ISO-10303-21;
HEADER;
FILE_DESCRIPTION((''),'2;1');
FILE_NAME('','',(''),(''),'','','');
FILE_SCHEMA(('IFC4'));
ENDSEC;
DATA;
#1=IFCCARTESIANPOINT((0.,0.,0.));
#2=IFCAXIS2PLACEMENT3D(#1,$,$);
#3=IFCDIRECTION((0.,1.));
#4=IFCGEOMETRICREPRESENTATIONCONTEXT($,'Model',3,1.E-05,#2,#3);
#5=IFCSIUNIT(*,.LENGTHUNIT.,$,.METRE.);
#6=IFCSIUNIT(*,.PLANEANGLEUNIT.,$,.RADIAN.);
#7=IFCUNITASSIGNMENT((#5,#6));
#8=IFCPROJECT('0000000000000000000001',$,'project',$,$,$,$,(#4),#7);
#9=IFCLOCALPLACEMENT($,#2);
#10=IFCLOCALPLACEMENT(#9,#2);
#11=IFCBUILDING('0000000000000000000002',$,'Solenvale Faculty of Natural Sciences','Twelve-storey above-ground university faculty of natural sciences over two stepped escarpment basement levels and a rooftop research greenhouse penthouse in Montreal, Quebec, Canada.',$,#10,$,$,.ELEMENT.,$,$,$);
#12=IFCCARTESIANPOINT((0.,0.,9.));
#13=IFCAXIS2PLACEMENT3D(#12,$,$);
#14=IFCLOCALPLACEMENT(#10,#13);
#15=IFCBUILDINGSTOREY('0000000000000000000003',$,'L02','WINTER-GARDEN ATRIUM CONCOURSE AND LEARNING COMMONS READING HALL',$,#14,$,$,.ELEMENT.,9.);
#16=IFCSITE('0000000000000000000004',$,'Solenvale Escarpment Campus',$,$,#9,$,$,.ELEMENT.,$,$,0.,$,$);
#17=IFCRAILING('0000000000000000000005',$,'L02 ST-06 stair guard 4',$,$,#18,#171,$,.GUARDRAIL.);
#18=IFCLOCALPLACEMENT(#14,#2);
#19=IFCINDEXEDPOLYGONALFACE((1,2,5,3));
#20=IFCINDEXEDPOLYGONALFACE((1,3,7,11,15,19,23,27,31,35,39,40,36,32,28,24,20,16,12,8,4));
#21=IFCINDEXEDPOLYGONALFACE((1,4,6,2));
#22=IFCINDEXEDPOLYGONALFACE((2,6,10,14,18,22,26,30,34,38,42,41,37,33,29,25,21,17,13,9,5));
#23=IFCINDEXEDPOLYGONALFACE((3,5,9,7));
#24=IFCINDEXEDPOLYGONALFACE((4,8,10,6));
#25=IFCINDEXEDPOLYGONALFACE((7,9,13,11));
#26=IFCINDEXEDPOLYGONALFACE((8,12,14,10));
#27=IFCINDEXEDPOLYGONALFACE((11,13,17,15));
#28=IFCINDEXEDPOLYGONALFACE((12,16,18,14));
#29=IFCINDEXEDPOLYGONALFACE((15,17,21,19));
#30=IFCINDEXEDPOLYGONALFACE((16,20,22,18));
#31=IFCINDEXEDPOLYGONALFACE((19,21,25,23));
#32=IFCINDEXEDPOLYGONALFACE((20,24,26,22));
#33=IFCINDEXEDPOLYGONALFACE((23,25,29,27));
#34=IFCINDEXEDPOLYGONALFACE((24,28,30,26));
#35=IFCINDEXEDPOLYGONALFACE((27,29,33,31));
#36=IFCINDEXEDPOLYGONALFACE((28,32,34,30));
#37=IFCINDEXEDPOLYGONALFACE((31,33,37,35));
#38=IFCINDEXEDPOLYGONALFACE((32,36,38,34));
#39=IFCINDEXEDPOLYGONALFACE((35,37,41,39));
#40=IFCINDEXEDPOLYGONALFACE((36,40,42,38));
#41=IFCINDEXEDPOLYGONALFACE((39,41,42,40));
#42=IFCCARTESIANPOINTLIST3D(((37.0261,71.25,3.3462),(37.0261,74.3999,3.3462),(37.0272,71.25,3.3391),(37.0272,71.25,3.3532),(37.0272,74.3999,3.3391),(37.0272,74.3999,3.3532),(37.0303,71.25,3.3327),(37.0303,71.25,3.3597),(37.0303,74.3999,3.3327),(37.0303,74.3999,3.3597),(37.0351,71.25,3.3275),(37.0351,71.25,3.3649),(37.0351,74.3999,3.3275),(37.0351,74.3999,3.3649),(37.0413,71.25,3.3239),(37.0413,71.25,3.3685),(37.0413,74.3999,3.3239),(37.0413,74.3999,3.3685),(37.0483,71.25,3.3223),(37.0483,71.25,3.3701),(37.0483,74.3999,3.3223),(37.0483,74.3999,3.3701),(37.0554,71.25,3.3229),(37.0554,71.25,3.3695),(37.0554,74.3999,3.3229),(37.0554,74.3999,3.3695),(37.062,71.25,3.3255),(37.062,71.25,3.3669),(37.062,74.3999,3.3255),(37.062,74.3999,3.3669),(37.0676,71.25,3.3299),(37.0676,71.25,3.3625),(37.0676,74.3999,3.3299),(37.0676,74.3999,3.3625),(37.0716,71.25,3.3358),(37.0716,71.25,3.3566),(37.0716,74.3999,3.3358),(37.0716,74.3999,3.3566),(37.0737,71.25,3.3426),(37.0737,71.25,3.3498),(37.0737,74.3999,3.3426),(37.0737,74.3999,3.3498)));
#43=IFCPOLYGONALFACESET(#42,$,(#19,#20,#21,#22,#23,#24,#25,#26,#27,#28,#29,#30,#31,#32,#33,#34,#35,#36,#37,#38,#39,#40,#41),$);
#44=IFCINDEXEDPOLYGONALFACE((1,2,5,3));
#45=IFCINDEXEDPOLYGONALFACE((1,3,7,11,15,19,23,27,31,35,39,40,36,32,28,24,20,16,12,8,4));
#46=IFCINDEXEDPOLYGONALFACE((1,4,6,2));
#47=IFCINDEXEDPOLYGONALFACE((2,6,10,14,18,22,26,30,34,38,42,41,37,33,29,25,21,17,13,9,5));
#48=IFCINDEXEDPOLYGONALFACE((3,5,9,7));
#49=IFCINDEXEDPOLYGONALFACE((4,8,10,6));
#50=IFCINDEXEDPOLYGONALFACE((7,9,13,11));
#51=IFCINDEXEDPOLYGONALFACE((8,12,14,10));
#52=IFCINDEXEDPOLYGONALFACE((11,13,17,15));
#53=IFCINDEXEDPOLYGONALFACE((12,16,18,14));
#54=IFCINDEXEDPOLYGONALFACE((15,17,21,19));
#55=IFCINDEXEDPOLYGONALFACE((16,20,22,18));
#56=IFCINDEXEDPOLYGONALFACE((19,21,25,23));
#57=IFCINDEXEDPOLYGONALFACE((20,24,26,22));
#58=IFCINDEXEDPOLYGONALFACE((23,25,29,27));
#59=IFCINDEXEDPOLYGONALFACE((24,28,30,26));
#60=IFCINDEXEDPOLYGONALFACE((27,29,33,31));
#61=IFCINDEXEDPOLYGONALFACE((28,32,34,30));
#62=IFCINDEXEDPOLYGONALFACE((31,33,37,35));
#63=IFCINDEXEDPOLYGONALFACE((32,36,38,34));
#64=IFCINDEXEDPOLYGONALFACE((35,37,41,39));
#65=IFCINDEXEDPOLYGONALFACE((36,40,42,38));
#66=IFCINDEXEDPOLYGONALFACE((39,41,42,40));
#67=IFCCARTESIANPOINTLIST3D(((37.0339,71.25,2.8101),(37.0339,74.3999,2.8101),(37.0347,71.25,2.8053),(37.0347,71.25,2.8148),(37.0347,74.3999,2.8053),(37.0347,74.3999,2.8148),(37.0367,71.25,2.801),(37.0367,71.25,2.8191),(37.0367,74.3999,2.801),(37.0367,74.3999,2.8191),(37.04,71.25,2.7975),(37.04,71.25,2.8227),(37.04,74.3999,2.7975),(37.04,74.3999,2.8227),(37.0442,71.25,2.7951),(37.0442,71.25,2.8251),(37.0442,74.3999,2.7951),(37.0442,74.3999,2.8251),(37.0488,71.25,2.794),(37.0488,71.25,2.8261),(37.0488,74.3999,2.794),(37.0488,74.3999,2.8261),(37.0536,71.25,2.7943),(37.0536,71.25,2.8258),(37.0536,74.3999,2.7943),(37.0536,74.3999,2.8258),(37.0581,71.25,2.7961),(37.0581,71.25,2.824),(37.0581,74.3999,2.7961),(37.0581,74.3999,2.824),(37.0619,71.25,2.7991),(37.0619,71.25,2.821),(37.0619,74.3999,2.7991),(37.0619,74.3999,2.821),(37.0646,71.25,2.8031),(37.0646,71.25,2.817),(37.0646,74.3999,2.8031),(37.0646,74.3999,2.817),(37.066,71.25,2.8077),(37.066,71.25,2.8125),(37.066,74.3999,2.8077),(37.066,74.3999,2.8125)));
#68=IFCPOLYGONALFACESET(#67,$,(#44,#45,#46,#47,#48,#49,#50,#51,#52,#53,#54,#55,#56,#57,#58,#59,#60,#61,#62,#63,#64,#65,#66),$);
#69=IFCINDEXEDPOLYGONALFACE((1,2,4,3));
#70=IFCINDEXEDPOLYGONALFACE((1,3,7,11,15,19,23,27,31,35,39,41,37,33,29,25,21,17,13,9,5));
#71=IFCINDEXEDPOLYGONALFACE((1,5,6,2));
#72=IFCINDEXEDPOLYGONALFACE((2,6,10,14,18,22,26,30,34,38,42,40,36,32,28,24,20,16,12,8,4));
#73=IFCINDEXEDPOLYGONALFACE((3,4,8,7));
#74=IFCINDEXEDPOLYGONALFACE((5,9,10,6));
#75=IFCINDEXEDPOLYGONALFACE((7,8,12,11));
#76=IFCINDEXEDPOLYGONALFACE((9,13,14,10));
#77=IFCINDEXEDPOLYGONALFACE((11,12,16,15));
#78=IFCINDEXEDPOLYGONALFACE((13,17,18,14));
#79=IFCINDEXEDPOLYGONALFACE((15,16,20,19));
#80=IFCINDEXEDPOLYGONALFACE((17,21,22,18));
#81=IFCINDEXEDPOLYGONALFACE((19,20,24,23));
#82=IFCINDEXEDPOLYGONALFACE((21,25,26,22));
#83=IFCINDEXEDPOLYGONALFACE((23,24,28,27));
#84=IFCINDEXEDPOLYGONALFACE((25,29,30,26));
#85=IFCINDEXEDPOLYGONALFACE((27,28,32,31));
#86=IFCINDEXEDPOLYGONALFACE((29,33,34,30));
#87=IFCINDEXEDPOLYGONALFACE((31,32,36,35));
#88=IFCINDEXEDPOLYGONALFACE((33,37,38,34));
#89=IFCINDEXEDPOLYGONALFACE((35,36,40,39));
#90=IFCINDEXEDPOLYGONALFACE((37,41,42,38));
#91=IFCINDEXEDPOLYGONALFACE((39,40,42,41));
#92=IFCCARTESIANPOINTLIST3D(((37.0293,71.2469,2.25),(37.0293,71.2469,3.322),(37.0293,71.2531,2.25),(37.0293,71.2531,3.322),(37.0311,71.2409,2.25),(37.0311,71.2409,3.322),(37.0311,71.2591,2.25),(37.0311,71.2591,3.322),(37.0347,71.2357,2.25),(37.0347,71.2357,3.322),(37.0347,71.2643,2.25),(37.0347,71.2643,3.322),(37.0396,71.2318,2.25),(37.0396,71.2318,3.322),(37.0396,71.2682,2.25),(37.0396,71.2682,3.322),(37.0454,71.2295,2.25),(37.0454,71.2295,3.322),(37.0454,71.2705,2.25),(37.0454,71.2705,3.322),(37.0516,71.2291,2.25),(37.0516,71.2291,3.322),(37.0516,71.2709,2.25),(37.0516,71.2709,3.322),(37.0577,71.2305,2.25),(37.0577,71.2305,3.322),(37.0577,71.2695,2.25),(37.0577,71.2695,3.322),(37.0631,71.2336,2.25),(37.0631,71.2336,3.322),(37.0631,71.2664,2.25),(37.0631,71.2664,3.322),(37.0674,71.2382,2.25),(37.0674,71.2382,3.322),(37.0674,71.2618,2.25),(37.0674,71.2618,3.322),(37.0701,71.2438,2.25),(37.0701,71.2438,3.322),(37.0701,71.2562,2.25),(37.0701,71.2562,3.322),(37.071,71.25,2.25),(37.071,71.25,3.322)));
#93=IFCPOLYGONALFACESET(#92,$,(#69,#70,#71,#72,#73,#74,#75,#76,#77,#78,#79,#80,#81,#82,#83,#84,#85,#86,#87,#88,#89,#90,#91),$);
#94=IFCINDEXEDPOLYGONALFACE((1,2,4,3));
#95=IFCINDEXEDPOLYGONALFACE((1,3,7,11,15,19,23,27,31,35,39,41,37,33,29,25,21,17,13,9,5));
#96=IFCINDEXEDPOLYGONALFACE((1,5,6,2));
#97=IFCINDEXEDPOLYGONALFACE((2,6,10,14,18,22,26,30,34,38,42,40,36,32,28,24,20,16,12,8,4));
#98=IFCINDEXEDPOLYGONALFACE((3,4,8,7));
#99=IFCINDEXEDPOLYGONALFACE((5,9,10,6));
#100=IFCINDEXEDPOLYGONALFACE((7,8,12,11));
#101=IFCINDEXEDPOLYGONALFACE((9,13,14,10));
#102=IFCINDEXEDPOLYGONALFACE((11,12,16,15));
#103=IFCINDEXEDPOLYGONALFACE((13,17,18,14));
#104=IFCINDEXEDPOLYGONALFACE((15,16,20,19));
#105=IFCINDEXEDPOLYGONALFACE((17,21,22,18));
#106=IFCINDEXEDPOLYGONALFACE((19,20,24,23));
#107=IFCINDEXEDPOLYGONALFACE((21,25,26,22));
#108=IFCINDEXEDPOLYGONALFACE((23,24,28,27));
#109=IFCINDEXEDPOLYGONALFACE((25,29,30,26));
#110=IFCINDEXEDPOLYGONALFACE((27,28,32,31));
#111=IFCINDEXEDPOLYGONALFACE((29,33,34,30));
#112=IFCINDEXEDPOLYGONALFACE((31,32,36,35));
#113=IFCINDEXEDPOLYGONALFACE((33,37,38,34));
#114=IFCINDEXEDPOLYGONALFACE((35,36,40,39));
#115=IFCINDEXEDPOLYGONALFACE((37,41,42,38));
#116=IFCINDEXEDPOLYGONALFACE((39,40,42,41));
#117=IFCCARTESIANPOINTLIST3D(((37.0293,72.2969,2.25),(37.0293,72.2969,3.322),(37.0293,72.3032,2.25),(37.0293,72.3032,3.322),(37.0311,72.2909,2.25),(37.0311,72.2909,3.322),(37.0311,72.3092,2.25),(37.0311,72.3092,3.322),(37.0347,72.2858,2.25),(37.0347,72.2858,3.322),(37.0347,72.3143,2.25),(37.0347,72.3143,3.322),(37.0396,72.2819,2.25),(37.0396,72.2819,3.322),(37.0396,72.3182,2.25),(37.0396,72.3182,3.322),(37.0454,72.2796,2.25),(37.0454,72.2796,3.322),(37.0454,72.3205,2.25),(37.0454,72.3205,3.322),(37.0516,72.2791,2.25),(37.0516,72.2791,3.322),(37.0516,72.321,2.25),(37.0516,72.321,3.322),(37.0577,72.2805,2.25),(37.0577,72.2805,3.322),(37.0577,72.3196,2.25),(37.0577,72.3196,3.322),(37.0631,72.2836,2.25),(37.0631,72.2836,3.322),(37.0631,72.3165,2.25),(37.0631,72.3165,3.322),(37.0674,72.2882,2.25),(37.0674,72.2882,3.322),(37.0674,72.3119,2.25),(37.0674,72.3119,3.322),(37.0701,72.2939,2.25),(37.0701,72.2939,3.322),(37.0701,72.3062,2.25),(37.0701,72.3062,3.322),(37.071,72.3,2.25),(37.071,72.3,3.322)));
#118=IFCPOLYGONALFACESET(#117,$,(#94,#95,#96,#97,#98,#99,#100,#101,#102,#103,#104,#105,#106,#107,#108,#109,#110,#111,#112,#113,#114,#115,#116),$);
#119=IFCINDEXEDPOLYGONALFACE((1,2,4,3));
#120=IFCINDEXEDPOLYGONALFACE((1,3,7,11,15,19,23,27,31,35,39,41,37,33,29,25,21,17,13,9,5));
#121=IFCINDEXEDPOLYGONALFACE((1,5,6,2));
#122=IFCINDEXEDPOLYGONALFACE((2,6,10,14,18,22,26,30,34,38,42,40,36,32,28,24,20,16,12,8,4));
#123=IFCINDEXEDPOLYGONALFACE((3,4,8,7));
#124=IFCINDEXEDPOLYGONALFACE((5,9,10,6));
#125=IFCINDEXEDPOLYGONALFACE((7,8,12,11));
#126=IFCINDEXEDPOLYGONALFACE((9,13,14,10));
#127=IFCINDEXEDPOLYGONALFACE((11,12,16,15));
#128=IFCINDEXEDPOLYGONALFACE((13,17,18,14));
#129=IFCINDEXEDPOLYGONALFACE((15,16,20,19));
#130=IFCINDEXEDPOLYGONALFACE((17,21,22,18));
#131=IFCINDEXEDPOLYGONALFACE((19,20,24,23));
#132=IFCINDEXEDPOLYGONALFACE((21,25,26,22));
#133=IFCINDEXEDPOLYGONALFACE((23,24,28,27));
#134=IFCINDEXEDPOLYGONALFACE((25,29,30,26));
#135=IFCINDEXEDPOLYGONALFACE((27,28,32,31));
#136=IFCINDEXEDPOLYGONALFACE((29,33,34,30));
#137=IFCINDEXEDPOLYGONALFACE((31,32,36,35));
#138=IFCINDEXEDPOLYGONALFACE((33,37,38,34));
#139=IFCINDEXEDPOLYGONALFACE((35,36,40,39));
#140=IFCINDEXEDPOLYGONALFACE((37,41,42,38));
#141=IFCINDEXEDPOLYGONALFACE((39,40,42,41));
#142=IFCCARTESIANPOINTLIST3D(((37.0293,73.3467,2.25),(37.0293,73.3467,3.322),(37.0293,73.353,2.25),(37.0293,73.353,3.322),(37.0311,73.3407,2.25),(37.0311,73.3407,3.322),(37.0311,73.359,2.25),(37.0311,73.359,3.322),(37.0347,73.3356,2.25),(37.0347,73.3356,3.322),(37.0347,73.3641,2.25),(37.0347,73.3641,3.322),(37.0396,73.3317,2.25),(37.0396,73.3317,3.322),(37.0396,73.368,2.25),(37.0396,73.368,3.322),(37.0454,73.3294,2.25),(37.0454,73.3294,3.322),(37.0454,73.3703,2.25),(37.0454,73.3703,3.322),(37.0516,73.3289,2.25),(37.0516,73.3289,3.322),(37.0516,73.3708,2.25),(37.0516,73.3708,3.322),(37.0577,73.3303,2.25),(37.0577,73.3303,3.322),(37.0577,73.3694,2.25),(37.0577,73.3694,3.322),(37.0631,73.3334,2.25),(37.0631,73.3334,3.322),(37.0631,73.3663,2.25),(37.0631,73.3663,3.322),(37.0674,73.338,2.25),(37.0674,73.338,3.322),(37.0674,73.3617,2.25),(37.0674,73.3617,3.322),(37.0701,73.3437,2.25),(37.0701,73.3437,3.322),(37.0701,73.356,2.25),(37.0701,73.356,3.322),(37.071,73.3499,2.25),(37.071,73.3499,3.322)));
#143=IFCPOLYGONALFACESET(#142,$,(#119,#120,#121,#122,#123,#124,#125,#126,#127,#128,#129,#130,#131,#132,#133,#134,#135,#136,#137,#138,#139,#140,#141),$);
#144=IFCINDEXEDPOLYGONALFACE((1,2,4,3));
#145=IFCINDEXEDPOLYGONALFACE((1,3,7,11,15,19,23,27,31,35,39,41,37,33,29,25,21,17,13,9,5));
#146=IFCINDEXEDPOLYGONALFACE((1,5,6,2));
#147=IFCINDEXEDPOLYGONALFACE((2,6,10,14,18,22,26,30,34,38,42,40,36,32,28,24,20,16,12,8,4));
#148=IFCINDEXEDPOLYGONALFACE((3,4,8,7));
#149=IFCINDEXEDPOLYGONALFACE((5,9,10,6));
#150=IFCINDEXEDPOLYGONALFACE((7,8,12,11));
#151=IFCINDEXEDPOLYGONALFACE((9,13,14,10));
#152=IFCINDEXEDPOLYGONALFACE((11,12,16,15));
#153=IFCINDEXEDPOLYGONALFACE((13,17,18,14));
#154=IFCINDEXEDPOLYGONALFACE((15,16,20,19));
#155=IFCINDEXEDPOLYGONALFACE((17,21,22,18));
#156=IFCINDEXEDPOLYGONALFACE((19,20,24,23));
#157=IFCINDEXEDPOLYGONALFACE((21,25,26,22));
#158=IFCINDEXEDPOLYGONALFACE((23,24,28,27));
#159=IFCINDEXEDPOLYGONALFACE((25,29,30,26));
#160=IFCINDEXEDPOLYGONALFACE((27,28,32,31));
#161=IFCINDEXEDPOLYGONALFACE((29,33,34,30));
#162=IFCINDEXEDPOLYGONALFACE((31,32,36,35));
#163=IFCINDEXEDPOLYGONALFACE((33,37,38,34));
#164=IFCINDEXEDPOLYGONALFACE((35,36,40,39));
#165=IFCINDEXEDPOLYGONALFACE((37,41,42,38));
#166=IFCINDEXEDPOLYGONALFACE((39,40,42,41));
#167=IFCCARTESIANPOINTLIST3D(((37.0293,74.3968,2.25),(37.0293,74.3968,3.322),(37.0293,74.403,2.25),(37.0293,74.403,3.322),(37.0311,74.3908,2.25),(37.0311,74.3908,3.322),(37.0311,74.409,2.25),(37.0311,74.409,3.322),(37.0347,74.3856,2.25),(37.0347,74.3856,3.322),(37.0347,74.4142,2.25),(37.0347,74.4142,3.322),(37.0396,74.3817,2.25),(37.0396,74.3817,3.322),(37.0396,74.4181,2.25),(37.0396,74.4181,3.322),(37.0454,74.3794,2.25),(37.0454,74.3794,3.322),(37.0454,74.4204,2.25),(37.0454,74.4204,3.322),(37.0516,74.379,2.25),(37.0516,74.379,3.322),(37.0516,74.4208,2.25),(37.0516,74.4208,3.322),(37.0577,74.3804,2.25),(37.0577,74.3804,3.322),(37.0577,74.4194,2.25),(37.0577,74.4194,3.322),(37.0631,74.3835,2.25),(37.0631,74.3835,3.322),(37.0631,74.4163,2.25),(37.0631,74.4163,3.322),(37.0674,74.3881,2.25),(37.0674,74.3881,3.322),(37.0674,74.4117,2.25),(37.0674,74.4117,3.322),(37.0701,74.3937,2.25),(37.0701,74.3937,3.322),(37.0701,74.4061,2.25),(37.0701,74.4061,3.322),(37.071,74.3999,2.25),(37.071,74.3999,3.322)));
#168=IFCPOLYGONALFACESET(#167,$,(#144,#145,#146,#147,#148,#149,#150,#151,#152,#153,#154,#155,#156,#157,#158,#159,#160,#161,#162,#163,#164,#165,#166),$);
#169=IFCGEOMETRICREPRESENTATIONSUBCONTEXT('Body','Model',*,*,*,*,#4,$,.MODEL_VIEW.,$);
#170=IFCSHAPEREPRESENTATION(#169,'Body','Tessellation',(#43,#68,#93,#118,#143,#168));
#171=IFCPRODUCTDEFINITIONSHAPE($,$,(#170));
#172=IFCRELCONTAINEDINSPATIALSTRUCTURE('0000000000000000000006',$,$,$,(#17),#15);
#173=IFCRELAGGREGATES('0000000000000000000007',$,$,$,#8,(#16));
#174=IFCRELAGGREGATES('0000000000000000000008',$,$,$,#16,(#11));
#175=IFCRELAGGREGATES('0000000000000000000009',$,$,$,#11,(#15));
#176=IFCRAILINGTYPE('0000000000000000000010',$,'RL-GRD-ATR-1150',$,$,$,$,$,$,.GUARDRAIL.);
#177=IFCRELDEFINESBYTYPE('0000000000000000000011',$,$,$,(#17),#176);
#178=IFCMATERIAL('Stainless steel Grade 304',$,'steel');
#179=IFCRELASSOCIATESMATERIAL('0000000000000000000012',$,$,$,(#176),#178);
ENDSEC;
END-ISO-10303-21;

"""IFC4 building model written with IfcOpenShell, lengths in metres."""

from ifc_helpers import new_model, si_unit, direction, frame, origin, origin_2d, place, context, subcontext, project, spatial, circle, extrude, material, type_object, element, save


model = new_model("IFC4")

# Units and contexts
model_context = context("Model", 3, precision=1e-05, world=origin(), true_north=direction((0.0, 1.0)))
body_context = subcontext(model_context, "Body", "Model", "MODEL_VIEW")
ifc_project = project(units=[si_unit("LENGTHUNIT", "METRE"), si_unit("PLANEANGLEUNIT", "RADIAN")], contexts=[model_context])

# Site, building, storey
site_placement = place(None, origin())
site = spatial("IfcSite", under=ifc_project, at=site_placement, Name="Solenvale Escarpment Campus", CompositionType="ELEMENT", RefElevation=0.0)
building_placement = place(site_placement, origin())
building = spatial("IfcBuilding", under=site, at=building_placement, Name="Solenvale Faculty of Natural Sciences", Description="Twelve-storey above-ground university faculty of natural sciences over two stepped escarpment basement levels and a rooftop research greenhouse penthouse in Montreal, Quebec, Canada.", CompositionType="ELEMENT")
storey_placement = place(building_placement, frame((0.0, 0.0, 9.0)))
storey = spatial("IfcBuildingStorey", under=building, at=storey_placement, Name="L02", Description="WINTER-GARDEN ATRIUM CONCOURSE AND LEARNING COMMONS READING HALL", CompositionType="ELEMENT", Elevation=9.0)

# Railing
ifc_material_1 = material(Name="Stainless steel Grade 304", Category="steel")
railing_type_1 = type_object("IfcRailingType", Name="RL-GRD-ATR-1150", PredefinedType="GUARDRAIL", material=ifc_material_1)
for number, where, name in (
    (1, (37.05, 71.25, 2.25), "L02 ST-06 stair guard 4"),
):
    element("IfcRailing", number, at=place(storey_placement, frame(where)), inside=storey, type_object=railing_type_1, Name=name, PredefinedType="GUARDRAIL", context=body_context, shape_type="SweptSolid", body=[
        extrude(circle(Radius=0.0239, at=origin_2d()), frame((0.0, 0.0, 1.0962), z_axis=(0.0, 1.0, 0.0), x_axis=(-1.0, 0.0, 0.0)), (0.0, 0.0, 1.0), 3.1499),
        extrude(circle(Radius=0.0161, at=origin_2d()), frame((0.0, 0.0, 0.5601), z_axis=(0.0, 1.0, 0.0), x_axis=(-1.0, 0.0, 0.0)), (0.0, 0.0, 1.0), 3.1499),
        extrude(circle(Radius=0.021, at=origin_2d()), origin(), (0.0, 0.0, 1.0), 1.072),
        extrude(circle(Radius=0.021, at=origin_2d()), frame((0.0, 1.05, 0.0)), (0.0, 0.0, 1.0), 1.072),
        extrude(circle(Radius=0.021, at=origin_2d()), frame((0.0, 2.0999, 0.0)), (0.0, 0.0, 1.0), 1.072),
        extrude(circle(Radius=0.021, at=origin_2d()), frame((0.0, 3.1499, 0.0)), (0.0, 0.0, 1.0), 1.072),
    ])

save(model, "model.ifc")
